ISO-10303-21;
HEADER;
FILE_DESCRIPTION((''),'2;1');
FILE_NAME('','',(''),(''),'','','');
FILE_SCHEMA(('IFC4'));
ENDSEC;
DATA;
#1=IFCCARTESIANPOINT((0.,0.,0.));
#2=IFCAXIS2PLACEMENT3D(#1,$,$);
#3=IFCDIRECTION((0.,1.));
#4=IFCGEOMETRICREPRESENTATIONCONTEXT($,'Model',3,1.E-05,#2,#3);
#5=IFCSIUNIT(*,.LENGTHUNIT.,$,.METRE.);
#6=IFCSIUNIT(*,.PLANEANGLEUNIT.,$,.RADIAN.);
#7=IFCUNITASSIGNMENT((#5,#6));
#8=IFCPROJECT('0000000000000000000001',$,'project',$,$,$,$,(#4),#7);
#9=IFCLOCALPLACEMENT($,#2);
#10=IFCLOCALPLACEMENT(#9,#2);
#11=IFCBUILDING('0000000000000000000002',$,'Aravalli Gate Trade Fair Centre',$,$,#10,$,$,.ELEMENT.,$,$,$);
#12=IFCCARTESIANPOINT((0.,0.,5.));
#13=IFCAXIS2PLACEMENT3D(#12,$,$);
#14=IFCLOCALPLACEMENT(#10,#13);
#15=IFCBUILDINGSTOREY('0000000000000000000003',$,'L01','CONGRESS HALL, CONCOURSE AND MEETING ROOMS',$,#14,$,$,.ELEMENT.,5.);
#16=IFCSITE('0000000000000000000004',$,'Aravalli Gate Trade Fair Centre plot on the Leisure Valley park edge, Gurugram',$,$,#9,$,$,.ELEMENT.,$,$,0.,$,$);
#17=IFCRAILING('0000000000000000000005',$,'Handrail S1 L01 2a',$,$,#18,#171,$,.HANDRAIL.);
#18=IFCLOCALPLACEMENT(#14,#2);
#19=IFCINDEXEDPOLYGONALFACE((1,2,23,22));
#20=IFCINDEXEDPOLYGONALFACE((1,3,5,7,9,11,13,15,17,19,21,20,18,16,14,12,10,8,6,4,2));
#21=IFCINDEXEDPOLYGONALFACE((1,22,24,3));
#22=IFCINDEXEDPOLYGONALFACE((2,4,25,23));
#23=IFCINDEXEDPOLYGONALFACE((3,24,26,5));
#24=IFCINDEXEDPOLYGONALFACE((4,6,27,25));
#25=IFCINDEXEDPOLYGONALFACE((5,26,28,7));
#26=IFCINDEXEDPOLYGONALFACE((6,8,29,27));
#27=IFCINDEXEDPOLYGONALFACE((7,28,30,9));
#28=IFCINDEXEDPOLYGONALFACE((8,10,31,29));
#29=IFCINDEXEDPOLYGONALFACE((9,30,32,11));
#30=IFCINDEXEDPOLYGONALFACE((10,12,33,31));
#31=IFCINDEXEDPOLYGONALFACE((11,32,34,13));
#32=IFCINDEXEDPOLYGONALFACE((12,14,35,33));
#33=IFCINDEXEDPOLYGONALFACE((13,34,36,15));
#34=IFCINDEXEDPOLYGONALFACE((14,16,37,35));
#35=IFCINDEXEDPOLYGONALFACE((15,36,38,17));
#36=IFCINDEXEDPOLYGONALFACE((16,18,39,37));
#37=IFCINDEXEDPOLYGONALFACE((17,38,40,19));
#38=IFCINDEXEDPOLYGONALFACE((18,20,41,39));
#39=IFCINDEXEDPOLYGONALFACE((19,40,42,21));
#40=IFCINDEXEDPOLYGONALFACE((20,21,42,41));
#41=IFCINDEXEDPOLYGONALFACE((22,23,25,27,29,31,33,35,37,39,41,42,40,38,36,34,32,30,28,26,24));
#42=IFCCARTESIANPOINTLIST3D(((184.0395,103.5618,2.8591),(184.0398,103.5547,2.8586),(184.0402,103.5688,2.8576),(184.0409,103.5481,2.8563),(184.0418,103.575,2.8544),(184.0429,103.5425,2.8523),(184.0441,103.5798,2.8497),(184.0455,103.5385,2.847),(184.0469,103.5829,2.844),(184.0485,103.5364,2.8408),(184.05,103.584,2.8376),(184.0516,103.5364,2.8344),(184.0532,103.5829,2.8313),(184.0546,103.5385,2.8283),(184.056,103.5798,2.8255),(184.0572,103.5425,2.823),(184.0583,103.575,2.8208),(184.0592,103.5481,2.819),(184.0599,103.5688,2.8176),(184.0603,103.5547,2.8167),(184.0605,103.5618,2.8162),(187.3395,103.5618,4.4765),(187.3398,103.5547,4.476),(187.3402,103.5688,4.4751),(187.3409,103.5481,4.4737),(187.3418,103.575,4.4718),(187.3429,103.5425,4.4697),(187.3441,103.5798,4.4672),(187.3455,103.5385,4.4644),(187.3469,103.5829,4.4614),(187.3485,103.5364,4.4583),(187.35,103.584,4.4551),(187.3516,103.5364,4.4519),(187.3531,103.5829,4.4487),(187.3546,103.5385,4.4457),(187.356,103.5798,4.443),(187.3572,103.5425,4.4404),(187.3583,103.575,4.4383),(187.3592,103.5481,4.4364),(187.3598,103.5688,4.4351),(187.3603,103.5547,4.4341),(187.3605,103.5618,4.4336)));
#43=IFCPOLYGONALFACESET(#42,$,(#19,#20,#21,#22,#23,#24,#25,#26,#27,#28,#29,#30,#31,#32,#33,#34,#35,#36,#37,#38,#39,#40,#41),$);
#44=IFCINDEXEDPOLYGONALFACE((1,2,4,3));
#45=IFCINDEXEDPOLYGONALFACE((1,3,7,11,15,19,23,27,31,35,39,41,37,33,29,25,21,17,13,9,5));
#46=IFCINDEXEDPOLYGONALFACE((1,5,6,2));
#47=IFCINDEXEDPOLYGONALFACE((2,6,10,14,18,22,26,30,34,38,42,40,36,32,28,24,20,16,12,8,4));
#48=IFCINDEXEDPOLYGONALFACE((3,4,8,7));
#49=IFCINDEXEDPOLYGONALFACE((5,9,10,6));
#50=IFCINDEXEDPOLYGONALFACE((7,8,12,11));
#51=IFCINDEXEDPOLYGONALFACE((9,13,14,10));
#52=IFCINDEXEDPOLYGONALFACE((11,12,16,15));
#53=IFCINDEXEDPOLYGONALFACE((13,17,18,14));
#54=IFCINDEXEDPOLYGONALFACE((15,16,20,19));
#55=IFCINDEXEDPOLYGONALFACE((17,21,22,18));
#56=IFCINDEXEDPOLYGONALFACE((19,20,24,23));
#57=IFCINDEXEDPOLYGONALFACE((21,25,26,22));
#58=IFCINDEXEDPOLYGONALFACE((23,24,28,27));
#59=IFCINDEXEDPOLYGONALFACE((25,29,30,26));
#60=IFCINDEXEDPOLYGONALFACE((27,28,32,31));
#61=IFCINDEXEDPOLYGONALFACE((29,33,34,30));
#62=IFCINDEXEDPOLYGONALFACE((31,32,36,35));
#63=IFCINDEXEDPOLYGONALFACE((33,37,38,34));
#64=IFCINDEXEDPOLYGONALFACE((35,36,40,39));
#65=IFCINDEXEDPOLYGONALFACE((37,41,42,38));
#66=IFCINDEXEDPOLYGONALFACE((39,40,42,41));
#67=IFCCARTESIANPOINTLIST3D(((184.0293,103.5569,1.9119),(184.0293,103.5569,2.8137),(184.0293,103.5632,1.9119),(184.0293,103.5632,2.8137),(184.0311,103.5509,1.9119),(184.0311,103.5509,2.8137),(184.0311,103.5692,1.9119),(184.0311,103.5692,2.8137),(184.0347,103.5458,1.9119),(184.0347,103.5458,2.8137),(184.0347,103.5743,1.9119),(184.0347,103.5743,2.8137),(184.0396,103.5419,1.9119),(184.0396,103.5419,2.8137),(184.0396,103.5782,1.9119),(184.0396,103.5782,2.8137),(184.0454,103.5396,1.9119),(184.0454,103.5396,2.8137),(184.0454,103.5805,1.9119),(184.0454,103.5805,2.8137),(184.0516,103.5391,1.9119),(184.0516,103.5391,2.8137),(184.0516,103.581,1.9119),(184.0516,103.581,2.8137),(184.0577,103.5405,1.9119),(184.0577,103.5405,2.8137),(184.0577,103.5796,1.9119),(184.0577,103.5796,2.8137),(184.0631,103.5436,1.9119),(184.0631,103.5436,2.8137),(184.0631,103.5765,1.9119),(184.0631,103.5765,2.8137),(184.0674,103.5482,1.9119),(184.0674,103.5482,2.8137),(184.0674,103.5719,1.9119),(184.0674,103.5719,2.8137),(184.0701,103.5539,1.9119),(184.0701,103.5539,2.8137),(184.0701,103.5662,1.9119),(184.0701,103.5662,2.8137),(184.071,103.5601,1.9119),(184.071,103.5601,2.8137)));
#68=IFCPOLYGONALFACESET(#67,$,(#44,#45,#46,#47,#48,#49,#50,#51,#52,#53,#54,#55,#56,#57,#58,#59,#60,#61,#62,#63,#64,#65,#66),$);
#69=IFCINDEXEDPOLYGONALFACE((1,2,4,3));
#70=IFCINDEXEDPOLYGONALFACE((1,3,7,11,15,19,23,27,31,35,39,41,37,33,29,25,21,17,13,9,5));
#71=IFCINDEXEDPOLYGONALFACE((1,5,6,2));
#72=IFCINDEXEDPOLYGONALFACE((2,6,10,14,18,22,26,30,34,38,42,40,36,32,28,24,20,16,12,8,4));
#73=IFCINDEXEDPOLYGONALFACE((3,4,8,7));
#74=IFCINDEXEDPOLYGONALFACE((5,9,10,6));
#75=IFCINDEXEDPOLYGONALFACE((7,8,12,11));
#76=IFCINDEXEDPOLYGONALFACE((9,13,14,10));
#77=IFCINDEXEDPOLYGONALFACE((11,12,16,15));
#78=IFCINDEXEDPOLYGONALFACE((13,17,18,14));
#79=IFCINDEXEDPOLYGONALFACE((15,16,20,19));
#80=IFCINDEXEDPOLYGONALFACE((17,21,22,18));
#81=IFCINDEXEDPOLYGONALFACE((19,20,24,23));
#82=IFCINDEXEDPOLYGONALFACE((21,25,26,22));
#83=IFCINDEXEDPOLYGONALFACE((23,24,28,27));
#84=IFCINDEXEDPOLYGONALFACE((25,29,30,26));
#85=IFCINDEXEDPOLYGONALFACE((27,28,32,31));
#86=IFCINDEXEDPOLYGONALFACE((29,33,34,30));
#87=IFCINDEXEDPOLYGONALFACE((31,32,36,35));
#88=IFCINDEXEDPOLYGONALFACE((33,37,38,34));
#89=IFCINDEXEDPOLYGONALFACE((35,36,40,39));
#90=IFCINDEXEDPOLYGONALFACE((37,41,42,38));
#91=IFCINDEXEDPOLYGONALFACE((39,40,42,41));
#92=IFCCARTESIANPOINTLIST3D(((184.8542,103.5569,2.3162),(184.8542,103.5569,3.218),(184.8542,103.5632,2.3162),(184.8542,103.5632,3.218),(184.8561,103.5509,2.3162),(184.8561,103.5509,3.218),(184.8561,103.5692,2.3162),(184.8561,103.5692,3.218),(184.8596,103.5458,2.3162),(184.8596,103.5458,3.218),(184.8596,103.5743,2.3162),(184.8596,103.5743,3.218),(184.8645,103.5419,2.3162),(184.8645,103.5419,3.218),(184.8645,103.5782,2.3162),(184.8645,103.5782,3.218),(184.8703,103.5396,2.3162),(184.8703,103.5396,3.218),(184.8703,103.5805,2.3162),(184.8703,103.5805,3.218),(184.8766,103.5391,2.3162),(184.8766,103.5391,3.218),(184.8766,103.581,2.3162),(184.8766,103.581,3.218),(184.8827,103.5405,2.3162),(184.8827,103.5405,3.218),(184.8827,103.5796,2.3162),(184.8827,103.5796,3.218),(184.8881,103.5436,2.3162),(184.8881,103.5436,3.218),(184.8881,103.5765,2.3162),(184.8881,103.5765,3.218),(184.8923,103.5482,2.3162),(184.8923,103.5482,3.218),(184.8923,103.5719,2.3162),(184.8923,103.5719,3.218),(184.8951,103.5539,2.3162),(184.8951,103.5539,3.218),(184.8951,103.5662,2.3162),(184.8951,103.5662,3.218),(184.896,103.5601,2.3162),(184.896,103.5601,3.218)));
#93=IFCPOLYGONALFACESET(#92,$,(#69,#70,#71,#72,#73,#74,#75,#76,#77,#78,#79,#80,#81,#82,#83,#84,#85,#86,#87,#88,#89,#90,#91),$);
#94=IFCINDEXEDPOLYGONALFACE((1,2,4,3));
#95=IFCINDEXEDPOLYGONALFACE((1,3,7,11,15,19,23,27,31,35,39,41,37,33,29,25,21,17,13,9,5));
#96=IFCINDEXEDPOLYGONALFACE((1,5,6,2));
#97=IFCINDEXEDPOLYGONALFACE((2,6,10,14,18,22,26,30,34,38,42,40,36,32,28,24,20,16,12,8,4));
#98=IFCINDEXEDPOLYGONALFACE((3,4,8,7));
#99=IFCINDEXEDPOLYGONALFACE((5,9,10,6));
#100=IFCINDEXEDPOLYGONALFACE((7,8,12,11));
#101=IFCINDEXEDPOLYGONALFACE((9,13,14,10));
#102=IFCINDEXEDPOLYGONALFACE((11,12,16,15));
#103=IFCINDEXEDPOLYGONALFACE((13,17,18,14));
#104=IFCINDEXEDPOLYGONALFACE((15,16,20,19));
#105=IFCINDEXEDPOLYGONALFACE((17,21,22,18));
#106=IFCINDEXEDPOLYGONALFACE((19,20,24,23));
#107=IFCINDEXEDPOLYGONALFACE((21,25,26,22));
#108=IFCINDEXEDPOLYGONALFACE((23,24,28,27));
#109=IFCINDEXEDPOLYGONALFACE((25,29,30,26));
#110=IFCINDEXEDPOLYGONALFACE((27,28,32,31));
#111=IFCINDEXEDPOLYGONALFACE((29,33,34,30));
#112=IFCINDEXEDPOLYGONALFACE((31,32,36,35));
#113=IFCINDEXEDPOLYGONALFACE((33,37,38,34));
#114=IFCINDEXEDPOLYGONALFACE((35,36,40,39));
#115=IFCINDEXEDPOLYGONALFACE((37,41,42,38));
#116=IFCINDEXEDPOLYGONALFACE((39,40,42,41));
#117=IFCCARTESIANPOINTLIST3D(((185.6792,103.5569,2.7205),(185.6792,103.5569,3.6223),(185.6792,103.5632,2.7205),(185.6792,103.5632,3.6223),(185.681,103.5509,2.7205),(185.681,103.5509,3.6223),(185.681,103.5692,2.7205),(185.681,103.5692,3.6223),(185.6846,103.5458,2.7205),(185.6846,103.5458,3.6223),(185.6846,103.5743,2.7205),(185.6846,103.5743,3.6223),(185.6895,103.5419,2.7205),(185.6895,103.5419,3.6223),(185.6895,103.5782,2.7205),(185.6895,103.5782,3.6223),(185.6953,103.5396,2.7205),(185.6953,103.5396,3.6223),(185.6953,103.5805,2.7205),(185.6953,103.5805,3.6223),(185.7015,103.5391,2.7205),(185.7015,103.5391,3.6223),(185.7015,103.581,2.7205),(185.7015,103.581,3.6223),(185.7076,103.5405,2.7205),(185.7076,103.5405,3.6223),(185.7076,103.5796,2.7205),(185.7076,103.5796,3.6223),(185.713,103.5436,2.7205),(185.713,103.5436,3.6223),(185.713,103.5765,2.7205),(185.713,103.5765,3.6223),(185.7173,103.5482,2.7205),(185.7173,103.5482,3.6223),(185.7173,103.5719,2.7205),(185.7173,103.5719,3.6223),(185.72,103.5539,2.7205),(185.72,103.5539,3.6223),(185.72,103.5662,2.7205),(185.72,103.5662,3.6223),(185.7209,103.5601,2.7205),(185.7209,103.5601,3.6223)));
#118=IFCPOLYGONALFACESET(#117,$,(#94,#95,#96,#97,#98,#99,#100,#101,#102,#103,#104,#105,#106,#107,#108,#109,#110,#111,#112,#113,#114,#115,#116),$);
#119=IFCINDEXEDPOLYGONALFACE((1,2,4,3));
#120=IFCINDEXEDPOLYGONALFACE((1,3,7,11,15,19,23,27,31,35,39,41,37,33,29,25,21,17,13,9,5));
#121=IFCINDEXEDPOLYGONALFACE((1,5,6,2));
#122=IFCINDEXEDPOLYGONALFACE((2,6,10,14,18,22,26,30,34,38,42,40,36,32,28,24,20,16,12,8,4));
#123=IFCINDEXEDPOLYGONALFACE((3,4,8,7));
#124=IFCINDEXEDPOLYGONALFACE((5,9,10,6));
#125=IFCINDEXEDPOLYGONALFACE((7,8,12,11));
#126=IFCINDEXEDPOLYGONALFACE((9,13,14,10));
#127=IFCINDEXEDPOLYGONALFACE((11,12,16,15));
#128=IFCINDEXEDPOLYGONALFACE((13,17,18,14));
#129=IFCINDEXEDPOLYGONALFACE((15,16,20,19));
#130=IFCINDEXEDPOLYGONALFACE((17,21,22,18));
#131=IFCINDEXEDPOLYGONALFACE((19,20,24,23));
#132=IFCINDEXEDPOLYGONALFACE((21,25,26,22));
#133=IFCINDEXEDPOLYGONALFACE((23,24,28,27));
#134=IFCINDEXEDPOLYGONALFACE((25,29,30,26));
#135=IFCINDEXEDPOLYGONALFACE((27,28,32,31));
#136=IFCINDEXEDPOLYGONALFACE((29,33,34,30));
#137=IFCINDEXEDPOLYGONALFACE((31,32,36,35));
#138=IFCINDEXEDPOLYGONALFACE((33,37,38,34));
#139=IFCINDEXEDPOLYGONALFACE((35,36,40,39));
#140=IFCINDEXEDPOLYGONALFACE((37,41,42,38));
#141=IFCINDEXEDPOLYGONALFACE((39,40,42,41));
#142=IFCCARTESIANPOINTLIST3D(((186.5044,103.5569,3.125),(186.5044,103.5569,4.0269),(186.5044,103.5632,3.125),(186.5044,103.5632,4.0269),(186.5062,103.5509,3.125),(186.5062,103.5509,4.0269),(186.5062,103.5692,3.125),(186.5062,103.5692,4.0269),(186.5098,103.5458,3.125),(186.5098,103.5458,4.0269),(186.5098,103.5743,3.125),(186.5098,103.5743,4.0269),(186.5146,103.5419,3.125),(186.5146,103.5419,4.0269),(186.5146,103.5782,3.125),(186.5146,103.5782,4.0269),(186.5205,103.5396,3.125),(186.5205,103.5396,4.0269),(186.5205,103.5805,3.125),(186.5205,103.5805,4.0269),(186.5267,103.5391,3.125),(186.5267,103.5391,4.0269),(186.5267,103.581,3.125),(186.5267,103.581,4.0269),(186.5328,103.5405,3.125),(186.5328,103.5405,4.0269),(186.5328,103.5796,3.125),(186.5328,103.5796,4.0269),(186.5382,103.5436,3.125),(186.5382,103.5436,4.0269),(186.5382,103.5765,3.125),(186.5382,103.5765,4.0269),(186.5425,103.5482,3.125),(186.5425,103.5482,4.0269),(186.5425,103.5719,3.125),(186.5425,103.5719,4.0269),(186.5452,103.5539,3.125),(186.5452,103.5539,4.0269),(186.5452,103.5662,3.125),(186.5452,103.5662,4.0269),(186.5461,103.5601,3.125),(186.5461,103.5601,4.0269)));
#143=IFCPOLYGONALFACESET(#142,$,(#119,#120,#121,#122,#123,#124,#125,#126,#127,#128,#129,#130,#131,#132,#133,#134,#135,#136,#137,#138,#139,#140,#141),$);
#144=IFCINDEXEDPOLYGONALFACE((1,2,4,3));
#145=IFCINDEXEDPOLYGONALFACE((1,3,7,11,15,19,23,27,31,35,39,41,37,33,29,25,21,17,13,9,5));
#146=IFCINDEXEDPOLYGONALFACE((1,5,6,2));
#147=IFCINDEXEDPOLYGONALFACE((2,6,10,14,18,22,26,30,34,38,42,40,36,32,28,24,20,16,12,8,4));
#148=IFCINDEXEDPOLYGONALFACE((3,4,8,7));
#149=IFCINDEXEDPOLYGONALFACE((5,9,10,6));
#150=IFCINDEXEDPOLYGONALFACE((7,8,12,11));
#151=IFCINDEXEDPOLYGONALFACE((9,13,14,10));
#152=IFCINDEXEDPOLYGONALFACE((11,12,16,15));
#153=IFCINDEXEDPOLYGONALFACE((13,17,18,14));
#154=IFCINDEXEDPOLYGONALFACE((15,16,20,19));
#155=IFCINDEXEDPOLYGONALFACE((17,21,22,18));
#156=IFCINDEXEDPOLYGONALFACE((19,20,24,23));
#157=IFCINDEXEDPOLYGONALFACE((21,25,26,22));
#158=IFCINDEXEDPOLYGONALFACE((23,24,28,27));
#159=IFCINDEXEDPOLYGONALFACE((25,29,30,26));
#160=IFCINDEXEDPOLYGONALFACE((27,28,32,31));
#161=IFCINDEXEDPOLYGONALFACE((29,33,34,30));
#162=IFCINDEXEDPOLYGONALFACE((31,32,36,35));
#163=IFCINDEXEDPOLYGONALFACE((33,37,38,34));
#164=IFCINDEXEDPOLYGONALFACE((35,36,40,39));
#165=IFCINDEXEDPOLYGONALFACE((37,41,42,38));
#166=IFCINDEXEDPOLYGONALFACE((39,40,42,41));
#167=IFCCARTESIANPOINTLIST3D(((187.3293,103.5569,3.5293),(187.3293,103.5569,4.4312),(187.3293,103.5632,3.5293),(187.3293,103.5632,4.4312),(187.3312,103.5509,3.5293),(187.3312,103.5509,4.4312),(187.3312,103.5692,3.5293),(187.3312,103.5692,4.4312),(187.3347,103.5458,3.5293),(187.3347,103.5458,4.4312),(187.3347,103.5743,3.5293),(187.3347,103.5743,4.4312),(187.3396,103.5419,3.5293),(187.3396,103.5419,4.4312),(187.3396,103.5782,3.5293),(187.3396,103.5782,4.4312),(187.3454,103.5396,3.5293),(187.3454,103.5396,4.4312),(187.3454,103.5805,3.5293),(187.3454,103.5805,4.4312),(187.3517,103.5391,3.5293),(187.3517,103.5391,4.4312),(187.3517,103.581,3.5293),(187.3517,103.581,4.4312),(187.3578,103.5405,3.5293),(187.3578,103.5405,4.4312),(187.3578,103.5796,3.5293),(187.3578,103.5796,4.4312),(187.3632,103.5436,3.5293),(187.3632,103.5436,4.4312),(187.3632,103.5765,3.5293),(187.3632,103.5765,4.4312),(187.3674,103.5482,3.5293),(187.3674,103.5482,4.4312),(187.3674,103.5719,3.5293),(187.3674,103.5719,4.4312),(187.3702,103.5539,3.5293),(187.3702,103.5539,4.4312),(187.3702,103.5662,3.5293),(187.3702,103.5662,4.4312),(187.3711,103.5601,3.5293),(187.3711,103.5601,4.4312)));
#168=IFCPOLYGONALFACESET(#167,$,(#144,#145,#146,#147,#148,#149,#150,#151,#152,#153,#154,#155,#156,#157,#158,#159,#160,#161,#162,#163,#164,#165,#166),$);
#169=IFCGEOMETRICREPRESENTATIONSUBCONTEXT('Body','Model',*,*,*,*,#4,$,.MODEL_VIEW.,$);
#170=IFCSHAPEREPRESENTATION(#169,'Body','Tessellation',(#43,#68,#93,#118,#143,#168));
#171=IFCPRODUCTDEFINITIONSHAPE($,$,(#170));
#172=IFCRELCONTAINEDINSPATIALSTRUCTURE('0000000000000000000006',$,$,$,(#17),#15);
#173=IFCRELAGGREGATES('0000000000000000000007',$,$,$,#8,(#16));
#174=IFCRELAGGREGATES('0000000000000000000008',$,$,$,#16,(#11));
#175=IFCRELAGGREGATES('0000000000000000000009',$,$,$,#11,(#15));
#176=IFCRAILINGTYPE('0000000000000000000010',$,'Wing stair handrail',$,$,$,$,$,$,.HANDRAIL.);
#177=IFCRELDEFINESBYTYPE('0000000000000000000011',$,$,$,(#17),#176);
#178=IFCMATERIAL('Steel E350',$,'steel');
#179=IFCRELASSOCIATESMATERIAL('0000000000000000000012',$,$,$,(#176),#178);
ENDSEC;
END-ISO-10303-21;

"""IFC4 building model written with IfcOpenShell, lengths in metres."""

from ifc_helpers import new_model, si_unit, direction, frame, origin, origin_2d, place, context, subcontext, project, spatial, circle, extrude, material, type_object, element, save


model = new_model("IFC4")

# Units and contexts
model_context = context("Model", 3, precision=1e-05, world=origin(), true_north=direction((0.0, 1.0)))
body_context = subcontext(model_context, "Body", "Model", "MODEL_VIEW")
ifc_project = project(units=[si_unit("LENGTHUNIT", "METRE"), si_unit("PLANEANGLEUNIT", "RADIAN")], contexts=[model_context])

# Site, building, storey
site_placement = place(None, origin())
site = spatial("IfcSite", under=ifc_project, at=site_placement, Name="Aravalli Gate Trade Fair Centre plot on the Leisure Valley park edge, Gurugram", CompositionType="ELEMENT", RefElevation=0.0)
building_placement = place(site_placement, origin())
building = spatial("IfcBuilding", under=site, at=building_placement, Name="Aravalli Gate Trade Fair Centre", CompositionType="ELEMENT")
storey_placement = place(building_placement, frame((0.0, 0.0, 5.0)))
storey = spatial("IfcBuildingStorey", under=building, at=storey_placement, Name="L01", Description="CONGRESS HALL, CONCOURSE AND MEETING ROOMS", CompositionType="ELEMENT", Elevation=5.0)

# Railing
ifc_material_1 = material(Name="Steel E350", Category="steel")
railing_type_1 = type_object("IfcRailingType", Name="Wing stair handrail", PredefinedType="HANDRAIL", material=ifc_material_1)
for number, where, name in (
    (1, (184.05, 103.5601, 1.9119), "Handrail S1 L01 2a"),
):
    element("IfcRailing", number, at=place(storey_placement, frame(where)), inside=storey, type_object=railing_type_1, Name=name, PredefinedType="HANDRAIL", context=body_context, shape_type="SweptSolid", body=[
        extrude(circle(Radius=0.0239, at=origin_2d()), frame((0.0, 0.0, 0.9258), z_axis=(0.897946, 0.0, 0.440105), x_axis=(0.0, 1.0, 0.0)), (0.0, 0.0, 1.0), 3.675),
        extrude(circle(Radius=0.021, at=origin_2d()), origin(), (0.0, 0.0, 1.0), 0.9019),
        extrude(circle(Radius=0.021, at=origin_2d()), frame((0.825, 0.0, 0.4043)), (0.0, 0.0, 1.0), 0.9019),
        extrude(circle(Radius=0.021, at=origin_2d()), frame((1.6499, 0.0, 0.8086)), (0.0, 0.0, 1.0), 0.9019),
        extrude(circle(Radius=0.021, at=origin_2d()), frame((2.4751, 0.0, 1.2131)), (0.0, 0.0, 1.0), 0.9019),
        extrude(circle(Radius=0.021, at=origin_2d()), frame((3.3, 0.0, 1.6174)), (0.0, 0.0, 1.0), 0.9019),
    ])

save(model, "model.ifc")
